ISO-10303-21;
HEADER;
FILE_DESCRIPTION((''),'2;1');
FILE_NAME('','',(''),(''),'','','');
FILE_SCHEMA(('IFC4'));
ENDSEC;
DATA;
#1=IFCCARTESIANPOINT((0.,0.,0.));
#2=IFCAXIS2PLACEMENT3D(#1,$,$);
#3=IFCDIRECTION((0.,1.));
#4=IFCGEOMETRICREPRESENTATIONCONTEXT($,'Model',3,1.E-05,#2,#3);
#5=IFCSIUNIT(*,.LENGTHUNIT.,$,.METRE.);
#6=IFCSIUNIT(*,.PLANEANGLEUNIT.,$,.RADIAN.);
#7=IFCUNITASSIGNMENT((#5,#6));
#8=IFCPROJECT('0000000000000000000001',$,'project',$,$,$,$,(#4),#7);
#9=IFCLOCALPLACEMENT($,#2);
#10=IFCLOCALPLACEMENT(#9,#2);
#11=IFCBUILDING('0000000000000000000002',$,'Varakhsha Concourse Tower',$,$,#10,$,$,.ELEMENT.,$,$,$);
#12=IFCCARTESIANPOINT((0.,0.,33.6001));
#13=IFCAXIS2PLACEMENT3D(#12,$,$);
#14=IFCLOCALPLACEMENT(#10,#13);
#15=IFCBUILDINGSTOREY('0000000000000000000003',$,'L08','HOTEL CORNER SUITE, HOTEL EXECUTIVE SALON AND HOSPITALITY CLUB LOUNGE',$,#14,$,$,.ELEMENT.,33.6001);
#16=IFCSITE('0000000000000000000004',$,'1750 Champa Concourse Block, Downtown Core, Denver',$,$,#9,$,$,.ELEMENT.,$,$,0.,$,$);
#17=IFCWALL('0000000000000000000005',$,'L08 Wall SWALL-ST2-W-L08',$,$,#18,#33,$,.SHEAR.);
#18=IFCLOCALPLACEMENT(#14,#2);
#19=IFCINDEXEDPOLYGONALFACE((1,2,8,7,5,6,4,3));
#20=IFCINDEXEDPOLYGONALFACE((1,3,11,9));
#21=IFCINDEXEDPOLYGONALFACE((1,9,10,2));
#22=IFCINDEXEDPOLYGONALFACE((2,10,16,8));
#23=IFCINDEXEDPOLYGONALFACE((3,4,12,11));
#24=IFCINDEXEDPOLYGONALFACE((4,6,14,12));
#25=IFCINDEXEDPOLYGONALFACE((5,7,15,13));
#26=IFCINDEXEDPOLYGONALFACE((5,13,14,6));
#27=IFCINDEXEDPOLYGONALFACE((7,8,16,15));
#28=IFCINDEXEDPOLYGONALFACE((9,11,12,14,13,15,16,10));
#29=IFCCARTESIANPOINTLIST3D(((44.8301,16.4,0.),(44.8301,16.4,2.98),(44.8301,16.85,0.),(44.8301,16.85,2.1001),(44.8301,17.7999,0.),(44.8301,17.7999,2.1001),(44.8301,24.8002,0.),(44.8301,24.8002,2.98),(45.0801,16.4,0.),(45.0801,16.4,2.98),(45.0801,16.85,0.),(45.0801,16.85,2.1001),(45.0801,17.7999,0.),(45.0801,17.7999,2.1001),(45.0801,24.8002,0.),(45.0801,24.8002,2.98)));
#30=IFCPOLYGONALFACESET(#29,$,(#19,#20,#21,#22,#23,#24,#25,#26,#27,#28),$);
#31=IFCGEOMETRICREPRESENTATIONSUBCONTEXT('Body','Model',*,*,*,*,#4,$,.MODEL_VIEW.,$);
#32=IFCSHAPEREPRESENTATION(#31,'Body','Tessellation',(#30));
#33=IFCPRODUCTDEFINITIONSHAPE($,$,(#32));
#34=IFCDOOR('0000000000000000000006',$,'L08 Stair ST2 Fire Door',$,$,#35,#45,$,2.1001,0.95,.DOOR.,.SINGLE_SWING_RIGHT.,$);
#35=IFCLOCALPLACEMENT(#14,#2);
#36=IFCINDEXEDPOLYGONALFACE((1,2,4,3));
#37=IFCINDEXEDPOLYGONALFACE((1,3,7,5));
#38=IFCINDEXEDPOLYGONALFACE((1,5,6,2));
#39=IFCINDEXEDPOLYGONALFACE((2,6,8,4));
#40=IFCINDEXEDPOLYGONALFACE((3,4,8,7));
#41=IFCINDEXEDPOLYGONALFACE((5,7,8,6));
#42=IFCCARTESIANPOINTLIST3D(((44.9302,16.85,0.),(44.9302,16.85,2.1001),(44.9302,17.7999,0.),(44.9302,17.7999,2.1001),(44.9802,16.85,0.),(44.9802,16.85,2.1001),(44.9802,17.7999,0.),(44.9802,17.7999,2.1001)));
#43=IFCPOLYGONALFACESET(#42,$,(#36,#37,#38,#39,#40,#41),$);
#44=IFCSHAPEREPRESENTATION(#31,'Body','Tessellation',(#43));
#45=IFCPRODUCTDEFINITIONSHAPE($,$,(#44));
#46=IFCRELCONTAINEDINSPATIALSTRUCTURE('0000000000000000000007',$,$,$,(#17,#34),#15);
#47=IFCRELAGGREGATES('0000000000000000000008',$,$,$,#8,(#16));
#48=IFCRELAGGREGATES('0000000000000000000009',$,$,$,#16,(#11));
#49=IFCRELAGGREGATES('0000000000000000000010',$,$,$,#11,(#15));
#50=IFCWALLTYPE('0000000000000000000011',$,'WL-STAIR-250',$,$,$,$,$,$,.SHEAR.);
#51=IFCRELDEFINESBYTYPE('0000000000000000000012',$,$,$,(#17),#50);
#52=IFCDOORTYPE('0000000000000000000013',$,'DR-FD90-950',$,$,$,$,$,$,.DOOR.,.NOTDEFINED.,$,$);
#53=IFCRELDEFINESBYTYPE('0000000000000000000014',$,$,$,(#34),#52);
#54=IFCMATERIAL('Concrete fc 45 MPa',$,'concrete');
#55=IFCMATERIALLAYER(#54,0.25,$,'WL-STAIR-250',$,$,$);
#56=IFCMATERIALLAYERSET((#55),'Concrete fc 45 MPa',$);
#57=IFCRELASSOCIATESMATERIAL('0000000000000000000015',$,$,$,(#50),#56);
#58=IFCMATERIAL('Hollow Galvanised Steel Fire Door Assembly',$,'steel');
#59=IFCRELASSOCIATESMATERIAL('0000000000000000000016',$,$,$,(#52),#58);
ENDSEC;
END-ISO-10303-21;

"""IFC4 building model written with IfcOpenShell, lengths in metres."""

from ifc_helpers import new_model, si_unit, direction, frame, frame_2d, origin, place, context, subcontext, project, spatial, rectangle, extrude, material, layer, layer_set, type_object, element, fill, save


model = new_model("IFC4")

# Units and contexts
model_context = context("Model", 3, precision=1e-05, world=origin(), true_north=direction((0.0, 1.0)))
body_context = subcontext(model_context, "Body", "Model", "MODEL_VIEW")
ifc_project = project(units=[si_unit("LENGTHUNIT", "METRE"), si_unit("PLANEANGLEUNIT", "RADIAN")], contexts=[model_context])

# Site, building, storey
site_placement = place(None, origin())
site = spatial("IfcSite", under=ifc_project, at=site_placement, Name="1750 Champa Concourse Block, Downtown Core, Denver", CompositionType="ELEMENT", RefElevation=0.0)
building_placement = place(site_placement, origin())
building = spatial("IfcBuilding", under=site, at=building_placement, Name="Varakhsha Concourse Tower", CompositionType="ELEMENT")
storey_placement = place(building_placement, frame((0.0, 0.0, 33.6001)))
storey = spatial("IfcBuildingStorey", under=building, at=storey_placement, Name="L08", Description="HOTEL CORNER SUITE, HOTEL EXECUTIVE SALON AND HOSPITALITY CLUB LOUNGE", CompositionType="ELEMENT", Elevation=33.6001)

# Shared definitions
ifc_material_1 = material(Name="Hollow Galvanised Steel Fire Door Assembly", Category="steel")

# Wall, opening, door
ifc_material_2 = material(Name="Concrete fc 45 MPa", Category="concrete")
ifc_layer_1 = layer(ifc_material_2, 0.25, Name="WL-STAIR-250")
ifc_layer_set_1 = layer_set([ifc_layer_1], Name="Concrete fc 45 MPa")
wall_type_1 = type_object("IfcWallType", Name="WL-STAIR-250", PredefinedType="SHEAR", material=ifc_layer_set_1)
wall_1_placement = place(storey_placement, frame((44.9551, 16.3999, 0.0), z_axis=(0.0, 0.0, 1.0), x_axis=(0.0, 1.0, 0.0)))
wall_1 = element("IfcWall", 1, at=wall_1_placement, inside=storey, type_object=wall_type_1, Name="L08 Wall SWALL-ST2-W-L08", PredefinedType="SHEAR", context=body_context, shape_type="SweptSolid", body=[
    extrude(rectangle(XDim=8.4001, YDim=0.25, at=frame_2d((4.2002, 0.0))), origin(), (0.0, 0.0, 1.0), 2.98),
])
opening_1_placement = place(wall_1_placement, frame((0.45, 0.0, 0.0)))
opening_1 = element("IfcOpeningElement", 2, at=opening_1_placement, cuts=wall_1, PredefinedType="OPENING", context=body_context, shape_type="SweptSolid", body=[
    extrude(rectangle(XDim=0.95, YDim=2.1001, at=frame_2d((0.4751, 1.05))), frame((0.0, 0.135, 0.0), z_axis=(0.0, -1.0, 0.0), x_axis=(1.0, 0.0, 0.0)), (0.0, 0.0, 1.0), 0.27),
])
door_type_1 = type_object("IfcDoorType", Name="DR-FD90-950", OperationType="NOTDEFINED", PredefinedType="DOOR", material=ifc_material_1)
door_1_placement = place(opening_1_placement, origin())
door_1 = element("IfcDoor", 3, at=door_1_placement, inside=storey, type_object=door_type_1, Name="L08 Stair ST2 Fire Door", OperationType="SINGLE_SWING_RIGHT", OverallHeight=2.1001, OverallWidth=0.95, PredefinedType="DOOR", context=body_context, shape_type="SweptSolid", body=[
    extrude(rectangle(XDim=0.95, YDim=2.1001, at=frame_2d((0.4751, 1.05))), frame((0.0, 0.0249, 0.0), z_axis=(0.0, -1.0, 0.0), x_axis=(1.0, 0.0, 0.0)), (0.0, 0.0, 1.0), 0.05),
])
fill(opening_1, door_1)

save(model, "model.ifc")
